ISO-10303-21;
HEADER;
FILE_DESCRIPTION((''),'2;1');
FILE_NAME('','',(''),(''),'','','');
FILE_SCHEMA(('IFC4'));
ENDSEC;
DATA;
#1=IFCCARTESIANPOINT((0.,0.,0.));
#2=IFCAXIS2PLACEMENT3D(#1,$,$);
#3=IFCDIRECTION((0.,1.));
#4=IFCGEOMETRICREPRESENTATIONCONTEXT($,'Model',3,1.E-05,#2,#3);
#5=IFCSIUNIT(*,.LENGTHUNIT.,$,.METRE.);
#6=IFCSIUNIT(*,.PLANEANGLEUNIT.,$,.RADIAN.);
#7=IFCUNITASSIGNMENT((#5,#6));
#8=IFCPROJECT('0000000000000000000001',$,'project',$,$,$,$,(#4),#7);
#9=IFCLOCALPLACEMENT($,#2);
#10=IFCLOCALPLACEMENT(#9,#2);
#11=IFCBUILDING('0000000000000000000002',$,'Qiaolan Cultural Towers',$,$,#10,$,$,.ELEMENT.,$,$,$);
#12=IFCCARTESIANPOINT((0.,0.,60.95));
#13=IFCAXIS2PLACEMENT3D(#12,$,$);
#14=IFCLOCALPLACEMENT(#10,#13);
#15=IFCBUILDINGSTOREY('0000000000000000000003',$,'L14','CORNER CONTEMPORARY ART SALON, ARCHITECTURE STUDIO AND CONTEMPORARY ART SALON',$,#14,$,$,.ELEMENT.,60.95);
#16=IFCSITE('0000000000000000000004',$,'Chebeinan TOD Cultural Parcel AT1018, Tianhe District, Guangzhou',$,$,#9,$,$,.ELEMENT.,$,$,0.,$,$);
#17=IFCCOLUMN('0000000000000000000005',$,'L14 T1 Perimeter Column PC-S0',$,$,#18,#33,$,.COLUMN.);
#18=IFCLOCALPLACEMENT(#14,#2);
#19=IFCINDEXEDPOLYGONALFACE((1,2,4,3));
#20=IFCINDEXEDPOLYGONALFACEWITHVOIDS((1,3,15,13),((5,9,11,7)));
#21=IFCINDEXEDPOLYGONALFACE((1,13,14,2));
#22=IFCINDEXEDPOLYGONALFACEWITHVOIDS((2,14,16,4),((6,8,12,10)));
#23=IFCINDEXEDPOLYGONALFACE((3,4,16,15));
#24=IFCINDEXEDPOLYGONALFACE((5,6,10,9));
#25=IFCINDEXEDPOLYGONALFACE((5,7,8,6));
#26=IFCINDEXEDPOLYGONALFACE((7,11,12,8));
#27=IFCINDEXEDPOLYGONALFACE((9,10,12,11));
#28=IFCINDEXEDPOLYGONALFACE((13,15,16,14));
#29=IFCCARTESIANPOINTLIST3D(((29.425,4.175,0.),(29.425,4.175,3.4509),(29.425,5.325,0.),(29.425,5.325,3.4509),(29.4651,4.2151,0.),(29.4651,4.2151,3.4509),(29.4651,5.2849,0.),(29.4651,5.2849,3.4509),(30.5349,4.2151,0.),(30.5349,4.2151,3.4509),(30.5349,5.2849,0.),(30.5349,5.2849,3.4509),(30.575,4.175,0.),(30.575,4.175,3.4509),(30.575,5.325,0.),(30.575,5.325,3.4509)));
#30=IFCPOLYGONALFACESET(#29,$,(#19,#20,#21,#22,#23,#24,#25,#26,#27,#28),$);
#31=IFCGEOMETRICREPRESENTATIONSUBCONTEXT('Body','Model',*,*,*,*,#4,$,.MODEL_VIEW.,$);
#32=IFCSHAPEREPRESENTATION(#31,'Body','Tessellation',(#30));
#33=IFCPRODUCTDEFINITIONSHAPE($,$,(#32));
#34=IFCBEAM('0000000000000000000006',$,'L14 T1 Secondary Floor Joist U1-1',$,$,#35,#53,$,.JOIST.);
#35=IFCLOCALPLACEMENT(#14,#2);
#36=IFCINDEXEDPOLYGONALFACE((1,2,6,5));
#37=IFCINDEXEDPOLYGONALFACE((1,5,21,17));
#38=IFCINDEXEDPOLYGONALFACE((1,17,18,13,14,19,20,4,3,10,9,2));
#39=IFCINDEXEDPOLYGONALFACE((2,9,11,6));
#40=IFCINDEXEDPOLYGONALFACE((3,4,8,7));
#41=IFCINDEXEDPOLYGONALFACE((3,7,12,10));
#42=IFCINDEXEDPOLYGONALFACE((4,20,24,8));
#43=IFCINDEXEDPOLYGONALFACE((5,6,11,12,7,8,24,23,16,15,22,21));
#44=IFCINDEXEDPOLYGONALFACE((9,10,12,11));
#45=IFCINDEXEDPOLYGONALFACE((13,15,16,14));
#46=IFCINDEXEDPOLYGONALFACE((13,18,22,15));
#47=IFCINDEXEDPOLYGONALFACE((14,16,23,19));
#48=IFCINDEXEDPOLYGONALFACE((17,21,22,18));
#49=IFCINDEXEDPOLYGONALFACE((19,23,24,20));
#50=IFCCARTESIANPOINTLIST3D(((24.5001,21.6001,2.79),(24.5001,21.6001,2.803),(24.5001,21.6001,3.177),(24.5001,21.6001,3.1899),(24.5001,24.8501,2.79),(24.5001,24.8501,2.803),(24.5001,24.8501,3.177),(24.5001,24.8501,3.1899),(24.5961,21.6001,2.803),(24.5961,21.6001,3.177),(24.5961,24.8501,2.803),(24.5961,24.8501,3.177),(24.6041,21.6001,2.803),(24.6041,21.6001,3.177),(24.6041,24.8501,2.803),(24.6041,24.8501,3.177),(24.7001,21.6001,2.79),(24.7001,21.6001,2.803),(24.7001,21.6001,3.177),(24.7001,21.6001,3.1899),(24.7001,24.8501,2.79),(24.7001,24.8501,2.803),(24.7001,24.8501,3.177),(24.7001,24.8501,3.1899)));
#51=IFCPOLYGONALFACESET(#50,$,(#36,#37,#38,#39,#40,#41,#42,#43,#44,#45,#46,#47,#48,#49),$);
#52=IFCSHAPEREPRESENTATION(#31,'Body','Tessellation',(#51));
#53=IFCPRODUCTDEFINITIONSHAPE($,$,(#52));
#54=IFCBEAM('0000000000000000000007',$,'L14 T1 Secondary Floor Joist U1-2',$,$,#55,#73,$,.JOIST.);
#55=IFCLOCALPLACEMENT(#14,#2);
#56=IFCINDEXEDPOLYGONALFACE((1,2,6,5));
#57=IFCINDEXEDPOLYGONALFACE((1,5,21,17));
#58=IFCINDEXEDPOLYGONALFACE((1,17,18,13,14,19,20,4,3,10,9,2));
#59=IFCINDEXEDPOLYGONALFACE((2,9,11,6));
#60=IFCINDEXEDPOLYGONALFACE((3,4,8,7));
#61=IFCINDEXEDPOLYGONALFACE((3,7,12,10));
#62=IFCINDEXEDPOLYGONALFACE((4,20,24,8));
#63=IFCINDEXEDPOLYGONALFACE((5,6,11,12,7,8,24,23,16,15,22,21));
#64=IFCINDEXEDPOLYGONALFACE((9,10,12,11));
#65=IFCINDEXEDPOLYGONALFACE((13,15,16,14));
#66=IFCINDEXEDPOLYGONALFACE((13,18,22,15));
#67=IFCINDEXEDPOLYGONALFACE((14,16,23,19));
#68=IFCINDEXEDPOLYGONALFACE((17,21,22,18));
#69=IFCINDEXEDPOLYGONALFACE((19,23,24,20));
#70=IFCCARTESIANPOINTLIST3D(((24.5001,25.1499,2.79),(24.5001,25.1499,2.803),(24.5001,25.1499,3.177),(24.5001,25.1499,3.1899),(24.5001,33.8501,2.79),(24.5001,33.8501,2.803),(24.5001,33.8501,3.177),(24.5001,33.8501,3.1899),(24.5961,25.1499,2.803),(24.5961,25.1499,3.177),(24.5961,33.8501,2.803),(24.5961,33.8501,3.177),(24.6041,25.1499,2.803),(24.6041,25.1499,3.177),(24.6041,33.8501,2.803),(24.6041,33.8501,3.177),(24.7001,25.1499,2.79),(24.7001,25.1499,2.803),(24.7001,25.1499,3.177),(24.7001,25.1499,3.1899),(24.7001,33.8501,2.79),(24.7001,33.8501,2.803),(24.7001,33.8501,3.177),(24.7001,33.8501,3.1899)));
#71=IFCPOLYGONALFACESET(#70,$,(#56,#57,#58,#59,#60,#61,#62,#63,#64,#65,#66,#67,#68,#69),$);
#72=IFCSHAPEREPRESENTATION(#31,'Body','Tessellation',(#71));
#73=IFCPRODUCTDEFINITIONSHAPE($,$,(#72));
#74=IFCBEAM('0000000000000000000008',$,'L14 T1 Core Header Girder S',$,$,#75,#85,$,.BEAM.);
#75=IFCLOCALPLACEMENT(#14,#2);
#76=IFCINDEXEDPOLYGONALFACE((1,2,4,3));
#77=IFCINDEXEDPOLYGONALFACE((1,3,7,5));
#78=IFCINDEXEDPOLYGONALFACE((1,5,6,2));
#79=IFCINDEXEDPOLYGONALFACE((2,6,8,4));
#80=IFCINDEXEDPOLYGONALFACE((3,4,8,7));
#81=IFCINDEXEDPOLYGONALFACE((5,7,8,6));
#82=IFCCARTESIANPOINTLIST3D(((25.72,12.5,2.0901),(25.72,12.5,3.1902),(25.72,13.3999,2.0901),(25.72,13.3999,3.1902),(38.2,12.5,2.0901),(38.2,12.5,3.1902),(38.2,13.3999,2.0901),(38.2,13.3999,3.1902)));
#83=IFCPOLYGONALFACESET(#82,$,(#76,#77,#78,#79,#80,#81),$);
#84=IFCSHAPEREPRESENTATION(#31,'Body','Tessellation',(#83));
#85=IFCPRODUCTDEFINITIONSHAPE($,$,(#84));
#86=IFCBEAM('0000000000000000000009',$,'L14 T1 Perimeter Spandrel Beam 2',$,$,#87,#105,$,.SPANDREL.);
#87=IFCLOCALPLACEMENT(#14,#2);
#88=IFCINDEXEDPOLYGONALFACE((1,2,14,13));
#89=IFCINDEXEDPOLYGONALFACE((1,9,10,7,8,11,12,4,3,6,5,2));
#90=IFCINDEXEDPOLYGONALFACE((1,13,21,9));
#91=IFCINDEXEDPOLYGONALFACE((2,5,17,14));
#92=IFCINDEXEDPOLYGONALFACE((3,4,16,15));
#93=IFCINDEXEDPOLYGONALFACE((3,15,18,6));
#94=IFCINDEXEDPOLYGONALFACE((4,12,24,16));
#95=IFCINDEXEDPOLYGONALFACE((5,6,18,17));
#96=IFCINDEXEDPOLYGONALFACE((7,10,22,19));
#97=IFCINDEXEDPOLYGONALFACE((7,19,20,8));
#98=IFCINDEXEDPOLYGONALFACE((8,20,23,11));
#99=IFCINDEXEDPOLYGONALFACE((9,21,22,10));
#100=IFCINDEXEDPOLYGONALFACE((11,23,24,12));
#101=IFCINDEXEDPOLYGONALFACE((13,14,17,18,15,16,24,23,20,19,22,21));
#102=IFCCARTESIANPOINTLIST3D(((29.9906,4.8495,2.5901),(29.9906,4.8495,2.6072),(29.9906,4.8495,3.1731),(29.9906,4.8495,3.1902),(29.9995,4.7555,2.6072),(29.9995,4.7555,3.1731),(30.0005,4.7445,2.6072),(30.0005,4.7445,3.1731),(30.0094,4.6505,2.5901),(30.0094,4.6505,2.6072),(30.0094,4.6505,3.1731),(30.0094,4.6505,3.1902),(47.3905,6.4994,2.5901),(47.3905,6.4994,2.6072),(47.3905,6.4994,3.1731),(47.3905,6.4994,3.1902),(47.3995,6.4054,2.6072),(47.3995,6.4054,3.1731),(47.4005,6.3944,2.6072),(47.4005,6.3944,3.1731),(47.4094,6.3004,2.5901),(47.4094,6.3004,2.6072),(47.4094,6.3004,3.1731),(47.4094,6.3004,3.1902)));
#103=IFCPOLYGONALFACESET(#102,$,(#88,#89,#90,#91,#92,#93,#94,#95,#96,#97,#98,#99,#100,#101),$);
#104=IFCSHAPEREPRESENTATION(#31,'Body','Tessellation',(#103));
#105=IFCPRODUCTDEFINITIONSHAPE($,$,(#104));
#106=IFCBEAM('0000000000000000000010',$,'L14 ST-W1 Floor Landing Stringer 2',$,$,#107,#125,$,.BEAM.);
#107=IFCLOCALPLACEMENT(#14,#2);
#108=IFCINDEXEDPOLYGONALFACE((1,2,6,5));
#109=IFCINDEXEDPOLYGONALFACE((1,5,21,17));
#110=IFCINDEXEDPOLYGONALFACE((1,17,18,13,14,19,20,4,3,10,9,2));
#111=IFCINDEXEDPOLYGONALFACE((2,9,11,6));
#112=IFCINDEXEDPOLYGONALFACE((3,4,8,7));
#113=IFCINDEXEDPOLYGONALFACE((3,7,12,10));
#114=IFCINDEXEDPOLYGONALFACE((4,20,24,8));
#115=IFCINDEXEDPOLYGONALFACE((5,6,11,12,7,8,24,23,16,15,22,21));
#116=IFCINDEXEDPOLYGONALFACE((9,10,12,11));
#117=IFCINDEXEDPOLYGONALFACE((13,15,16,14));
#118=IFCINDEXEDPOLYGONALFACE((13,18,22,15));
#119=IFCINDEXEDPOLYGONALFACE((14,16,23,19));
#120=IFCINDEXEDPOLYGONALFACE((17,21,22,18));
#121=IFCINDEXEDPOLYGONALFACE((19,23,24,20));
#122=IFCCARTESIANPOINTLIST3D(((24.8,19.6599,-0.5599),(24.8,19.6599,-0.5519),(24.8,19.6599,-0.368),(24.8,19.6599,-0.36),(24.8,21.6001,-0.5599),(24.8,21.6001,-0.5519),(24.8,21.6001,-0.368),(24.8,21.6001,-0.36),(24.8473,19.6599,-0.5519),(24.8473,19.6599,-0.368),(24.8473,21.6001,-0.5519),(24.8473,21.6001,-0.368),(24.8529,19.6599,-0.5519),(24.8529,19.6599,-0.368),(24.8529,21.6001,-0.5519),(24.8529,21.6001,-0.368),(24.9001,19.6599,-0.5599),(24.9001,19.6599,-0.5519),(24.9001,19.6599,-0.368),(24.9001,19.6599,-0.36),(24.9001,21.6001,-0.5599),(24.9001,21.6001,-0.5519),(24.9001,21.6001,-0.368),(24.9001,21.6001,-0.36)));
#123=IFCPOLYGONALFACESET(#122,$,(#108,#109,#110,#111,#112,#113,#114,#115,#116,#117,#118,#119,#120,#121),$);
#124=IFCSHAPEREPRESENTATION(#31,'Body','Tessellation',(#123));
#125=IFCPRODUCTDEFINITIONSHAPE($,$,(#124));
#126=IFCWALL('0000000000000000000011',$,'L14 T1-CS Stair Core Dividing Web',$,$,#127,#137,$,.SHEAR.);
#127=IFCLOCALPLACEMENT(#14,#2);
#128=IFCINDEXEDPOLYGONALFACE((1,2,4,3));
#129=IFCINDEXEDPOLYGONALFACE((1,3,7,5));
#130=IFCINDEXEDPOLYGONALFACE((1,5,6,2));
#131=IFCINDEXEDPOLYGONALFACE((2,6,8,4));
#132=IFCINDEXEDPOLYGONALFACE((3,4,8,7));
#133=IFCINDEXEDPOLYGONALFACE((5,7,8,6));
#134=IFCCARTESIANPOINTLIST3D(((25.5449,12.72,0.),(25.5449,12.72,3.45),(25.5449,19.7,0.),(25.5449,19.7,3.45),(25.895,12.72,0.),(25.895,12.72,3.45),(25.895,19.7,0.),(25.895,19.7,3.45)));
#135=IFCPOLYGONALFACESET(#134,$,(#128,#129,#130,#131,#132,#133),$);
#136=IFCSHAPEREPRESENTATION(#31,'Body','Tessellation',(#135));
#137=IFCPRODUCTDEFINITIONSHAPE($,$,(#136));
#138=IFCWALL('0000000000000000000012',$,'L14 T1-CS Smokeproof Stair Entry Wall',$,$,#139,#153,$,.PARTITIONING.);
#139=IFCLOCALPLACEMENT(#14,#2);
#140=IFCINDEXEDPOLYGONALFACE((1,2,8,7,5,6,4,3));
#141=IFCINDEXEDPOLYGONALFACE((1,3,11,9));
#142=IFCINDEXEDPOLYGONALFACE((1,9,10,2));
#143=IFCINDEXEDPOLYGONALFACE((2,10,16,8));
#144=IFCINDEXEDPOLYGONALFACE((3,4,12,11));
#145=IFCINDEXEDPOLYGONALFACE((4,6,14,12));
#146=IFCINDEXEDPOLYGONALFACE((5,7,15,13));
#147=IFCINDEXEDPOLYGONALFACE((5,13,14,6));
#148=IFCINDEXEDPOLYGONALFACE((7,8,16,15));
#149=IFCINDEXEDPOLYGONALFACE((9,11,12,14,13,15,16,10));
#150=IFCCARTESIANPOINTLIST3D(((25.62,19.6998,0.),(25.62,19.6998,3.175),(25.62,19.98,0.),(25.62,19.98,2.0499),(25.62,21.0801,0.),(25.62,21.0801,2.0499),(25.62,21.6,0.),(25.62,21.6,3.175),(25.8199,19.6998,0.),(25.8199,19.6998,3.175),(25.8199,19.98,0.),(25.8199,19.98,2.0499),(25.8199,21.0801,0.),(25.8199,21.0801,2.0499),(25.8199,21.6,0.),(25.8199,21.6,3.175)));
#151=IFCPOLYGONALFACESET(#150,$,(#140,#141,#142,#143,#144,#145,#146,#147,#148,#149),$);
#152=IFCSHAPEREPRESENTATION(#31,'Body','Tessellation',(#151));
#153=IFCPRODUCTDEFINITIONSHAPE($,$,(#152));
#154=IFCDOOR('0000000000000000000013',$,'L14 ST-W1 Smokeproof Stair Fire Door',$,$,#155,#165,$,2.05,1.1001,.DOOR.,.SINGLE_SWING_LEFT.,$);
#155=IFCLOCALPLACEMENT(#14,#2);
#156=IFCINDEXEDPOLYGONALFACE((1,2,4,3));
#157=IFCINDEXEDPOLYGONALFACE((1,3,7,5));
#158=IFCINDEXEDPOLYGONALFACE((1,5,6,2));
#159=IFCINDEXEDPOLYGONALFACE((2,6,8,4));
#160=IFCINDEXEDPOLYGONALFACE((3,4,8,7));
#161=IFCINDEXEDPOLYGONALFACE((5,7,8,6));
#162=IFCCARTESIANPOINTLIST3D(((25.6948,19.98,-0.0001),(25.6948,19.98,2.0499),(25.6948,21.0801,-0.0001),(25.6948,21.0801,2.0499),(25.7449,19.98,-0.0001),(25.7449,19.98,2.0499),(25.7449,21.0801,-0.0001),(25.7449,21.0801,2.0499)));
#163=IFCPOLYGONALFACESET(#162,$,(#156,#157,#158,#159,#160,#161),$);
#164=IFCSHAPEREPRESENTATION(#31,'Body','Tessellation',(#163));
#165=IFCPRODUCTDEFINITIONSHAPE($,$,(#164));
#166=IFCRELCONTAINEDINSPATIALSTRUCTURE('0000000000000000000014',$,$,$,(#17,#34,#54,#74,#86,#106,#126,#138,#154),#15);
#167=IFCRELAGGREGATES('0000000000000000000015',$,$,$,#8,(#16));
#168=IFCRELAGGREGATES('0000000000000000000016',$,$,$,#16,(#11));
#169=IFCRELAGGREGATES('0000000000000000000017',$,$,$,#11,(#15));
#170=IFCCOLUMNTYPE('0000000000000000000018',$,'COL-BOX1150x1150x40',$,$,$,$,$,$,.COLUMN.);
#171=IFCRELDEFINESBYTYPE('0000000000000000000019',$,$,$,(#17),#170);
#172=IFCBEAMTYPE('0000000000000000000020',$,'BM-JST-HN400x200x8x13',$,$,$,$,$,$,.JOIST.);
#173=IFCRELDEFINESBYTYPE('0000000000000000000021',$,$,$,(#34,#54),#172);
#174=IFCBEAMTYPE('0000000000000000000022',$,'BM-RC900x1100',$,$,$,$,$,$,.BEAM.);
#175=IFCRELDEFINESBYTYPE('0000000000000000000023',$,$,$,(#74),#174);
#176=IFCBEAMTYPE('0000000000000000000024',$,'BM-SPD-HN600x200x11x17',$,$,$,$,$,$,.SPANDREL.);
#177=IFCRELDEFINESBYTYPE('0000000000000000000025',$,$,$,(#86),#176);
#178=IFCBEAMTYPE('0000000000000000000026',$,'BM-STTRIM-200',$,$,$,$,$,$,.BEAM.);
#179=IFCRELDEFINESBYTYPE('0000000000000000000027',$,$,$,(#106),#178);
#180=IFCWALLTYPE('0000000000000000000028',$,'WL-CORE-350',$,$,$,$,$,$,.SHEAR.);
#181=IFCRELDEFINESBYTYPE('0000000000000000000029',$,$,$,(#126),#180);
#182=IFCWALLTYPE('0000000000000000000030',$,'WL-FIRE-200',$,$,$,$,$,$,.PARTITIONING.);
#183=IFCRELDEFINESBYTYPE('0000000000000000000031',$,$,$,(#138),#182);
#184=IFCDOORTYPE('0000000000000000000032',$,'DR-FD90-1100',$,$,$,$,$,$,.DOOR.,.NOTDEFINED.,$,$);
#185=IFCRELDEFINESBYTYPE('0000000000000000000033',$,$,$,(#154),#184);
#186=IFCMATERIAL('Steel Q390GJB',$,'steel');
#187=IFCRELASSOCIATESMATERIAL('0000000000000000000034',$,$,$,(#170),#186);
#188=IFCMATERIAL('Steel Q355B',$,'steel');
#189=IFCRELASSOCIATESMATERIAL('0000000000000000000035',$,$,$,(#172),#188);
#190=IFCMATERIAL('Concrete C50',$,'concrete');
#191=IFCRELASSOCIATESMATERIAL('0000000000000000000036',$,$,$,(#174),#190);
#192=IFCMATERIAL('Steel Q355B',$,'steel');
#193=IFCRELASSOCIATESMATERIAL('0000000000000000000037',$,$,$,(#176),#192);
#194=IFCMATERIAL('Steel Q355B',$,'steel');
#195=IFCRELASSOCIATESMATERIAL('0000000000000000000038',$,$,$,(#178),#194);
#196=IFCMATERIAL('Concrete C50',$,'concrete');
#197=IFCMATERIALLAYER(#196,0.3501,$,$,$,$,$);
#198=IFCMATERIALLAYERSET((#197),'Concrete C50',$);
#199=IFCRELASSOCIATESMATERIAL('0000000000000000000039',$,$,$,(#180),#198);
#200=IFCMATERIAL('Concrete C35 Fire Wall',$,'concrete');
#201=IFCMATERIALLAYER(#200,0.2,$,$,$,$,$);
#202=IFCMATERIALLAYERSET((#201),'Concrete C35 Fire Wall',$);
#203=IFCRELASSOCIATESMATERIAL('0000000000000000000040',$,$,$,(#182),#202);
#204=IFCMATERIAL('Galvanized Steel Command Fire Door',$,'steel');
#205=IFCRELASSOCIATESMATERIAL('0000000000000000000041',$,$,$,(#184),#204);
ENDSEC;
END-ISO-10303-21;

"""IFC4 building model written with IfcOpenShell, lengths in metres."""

from ifc_helpers import new_model, si_unit, direction, frame, frame_2d, origin, origin_2d, place, context, subcontext, project, spatial, rectangle, hollow_rectangle, i_section, extrude, material, layer, layer_set, material_profile, profile_set, type_object, element, fill, save


model = new_model("IFC4")

# Units and contexts
model_context = context("Model", 3, precision=1e-05, world=origin(), true_north=direction((0.0, 1.0)))
body_context = subcontext(model_context, "Body", "Model", "MODEL_VIEW")
ifc_project = project(units=[si_unit("LENGTHUNIT", "METRE"), si_unit("PLANEANGLEUNIT", "RADIAN")], contexts=[model_context])

# Site, building, storey
site_placement = place(None, origin())
site = spatial("IfcSite", under=ifc_project, at=site_placement, Name="Chebeinan TOD Cultural Parcel AT1018, Tianhe District, Guangzhou", CompositionType="ELEMENT", RefElevation=0.0)
building_placement = place(site_placement, origin())
building = spatial("IfcBuilding", under=site, at=building_placement, Name="Qiaolan Cultural Towers", CompositionType="ELEMENT")
storey_placement = place(building_placement, frame((0.0, 0.0, 60.95)))
storey = spatial("IfcBuildingStorey", under=building, at=storey_placement, Name="L14", Description="CORNER CONTEMPORARY ART SALON, ARCHITECTURE STUDIO AND CONTEMPORARY ART SALON", CompositionType="ELEMENT", Elevation=60.95)

# Column
ifc_material_1 = material(Name="Steel Q390GJB", Category="steel")
ifc_material_profile_1 = material_profile(ifc_material_1, hollow_rectangle(XDim=1.1499, YDim=1.1499, WallThickness=0.04, at=origin_2d()), Name="BOX1150x1150x40")
ifc_profile_set_1 = profile_set([ifc_material_profile_1], Name="Steel Q390GJB")
column_type = type_object("IfcColumnType", Name="COL-BOX1150x1150x40", PredefinedType="COLUMN", material=ifc_profile_set_1)
column_placement = place(storey_placement, frame((30.0, 4.75, 0.0), z_axis=(0.0, 0.0, 1.0), x_axis=(1.0, 0.0, 0.0)))
element("IfcColumn", 1, at=column_placement, inside=storey, type_object=column_type, Name="L14 T1 Perimeter Column PC-S0", PredefinedType="COLUMN", context=body_context, shape_type="SweptSolid", body=[
    extrude(hollow_rectangle(XDim=1.1499, YDim=1.1499, WallThickness=0.04, at=origin_2d()), origin(), (0.0, 0.0, 1.0), 3.4509),
])

# Beams
ifc_material_2 = material(Name="Steel Q355B", Category="steel")
ifc_material_profile_2 = material_profile(ifc_material_2, i_section(OverallWidth=0.2, OverallDepth=0.3999, WebThickness=0.0081, FlangeThickness=0.0129, at=origin_2d()), Name="HN400x200x8x13")
ifc_profile_set_2 = profile_set([ifc_material_profile_2], Name="Steel Q355B")
beam_type_1 = type_object("IfcBeamType", Name="BM-JST-HN400x200x8x13", PredefinedType="JOIST", material=ifc_profile_set_2)
beam_1_placement = place(storey_placement, frame((24.6001, 21.6001, 2.99), z_axis=(0.0, 1.0, 0.0), x_axis=(-1.0, 0.0, 0.0)))
element("IfcBeam", 2, at=beam_1_placement, inside=storey, type_object=beam_type_1, Name="L14 T1 Secondary Floor Joist U1-1", PredefinedType="JOIST", context=body_context, shape_type="SweptSolid", body=[
    extrude(i_section(OverallWidth=0.2, OverallDepth=0.3999, WebThickness=0.0081, FlangeThickness=0.0129, at=origin_2d()), origin(), (0.0, 0.0, 1.0), 3.25),
])
beam_2_placement = place(storey_placement, frame((24.6001, 25.1499, 2.99), z_axis=(0.0, 1.0, 0.0), x_axis=(-1.0, 0.0, 0.0)))
element("IfcBeam", 3, at=beam_2_placement, inside=storey, type_object=beam_type_1, Name="L14 T1 Secondary Floor Joist U1-2", PredefinedType="JOIST", context=body_context, shape_type="SweptSolid", body=[
    extrude(i_section(OverallWidth=0.2, OverallDepth=0.3999, WebThickness=0.0081, FlangeThickness=0.0129, at=origin_2d()), origin(), (0.0, 0.0, 1.0), 8.7002),
])
ifc_material_3 = material(Name="Concrete C50", Category="concrete")
ifc_material_profile_3 = material_profile(ifc_material_3, rectangle(XDim=0.8999, YDim=1.1001, at=origin_2d()), Name="RC900x1100")
ifc_profile_set_3 = profile_set([ifc_material_profile_3], Name="Concrete C50")
beam_type_2 = type_object("IfcBeamType", Name="BM-RC900x1100", PredefinedType="BEAM", material=ifc_profile_set_3)
beam_3_placement = place(storey_placement, frame((25.72, 12.95, 2.6401), z_axis=(1.0, 0.0, 0.0), x_axis=(0.0, 1.0, 0.0)))
element("IfcBeam", 4, at=beam_3_placement, inside=storey, type_object=beam_type_2, Name="L14 T1 Core Header Girder S", PredefinedType="BEAM", context=body_context, shape_type="SweptSolid", body=[
    extrude(rectangle(XDim=0.8999, YDim=1.1001, at=origin_2d()), origin(), (0.0, 0.0, 1.0), 12.48),
])
ifc_material_4 = material(Name="Steel Q355B", Category="steel")
ifc_material_profile_4 = material_profile(ifc_material_4, i_section(OverallWidth=0.2, OverallDepth=0.6001, WebThickness=0.011, FlangeThickness=0.0171, at=origin_2d()), Name="HN600x200x11x17")
ifc_profile_set_4 = profile_set([ifc_material_profile_4], Name="Steel Q355B")
beam_type_3 = type_object("IfcBeamType", Name="BM-SPD-HN600x200x11x17", PredefinedType="SPANDREL", material=ifc_profile_set_4)
beam_4_placement = place(storey_placement, frame((30.0, 4.75, 2.8901), z_axis=(0.995534, 0.094399, 0.0), x_axis=(-0.094399, 0.995534, 0.0)))
element("IfcBeam", 5, at=beam_4_placement, inside=storey, type_object=beam_type_3, Name="L14 T1 Perimeter Spandrel Beam 2", PredefinedType="SPANDREL", context=body_context, shape_type="SweptSolid", body=[
    extrude(i_section(OverallWidth=0.2, OverallDepth=0.6001, WebThickness=0.011, FlangeThickness=0.0171, at=origin_2d()), origin(), (0.0, 0.0, 1.0), 17.478),
])
ifc_material_5 = material(Name="Steel Q355B", Category="steel")
ifc_material_profile_5 = material_profile(ifc_material_5, i_section(OverallWidth=0.1001, OverallDepth=0.2, WebThickness=0.0056, FlangeThickness=0.0081, at=origin_2d()), Name="HN200x100x5.5x8")
ifc_profile_set_5 = profile_set([ifc_material_profile_5], Name="Steel Q355B")
beam_type_4 = type_object("IfcBeamType", Name="BM-STTRIM-200", PredefinedType="BEAM", material=ifc_profile_set_5)
beam_5_placement = place(storey_placement, frame((24.8501, 21.6001, -0.46), z_axis=(0.0, -1.0, 0.0), x_axis=(1.0, 0.0, 0.0)))
element("IfcBeam", 6, at=beam_5_placement, inside=storey, type_object=beam_type_4, Name="L14 ST-W1 Floor Landing Stringer 2", PredefinedType="BEAM", context=body_context, shape_type="SweptSolid", body=[
    extrude(i_section(OverallWidth=0.1001, OverallDepth=0.2, WebThickness=0.0056, FlangeThickness=0.0081, at=origin_2d()), origin(), (0.0, 0.0, 1.0), 1.9402),
])

# Wall
ifc_material_6 = material(Name="Concrete C50", Category="concrete")
ifc_layer_1 = layer(ifc_material_6, 0.3501)
ifc_layer_set_1 = layer_set([ifc_layer_1], Name="Concrete C50")
wall_type_1 = type_object("IfcWallType", Name="WL-CORE-350", PredefinedType="SHEAR", material=ifc_layer_set_1)
wall_1_placement = place(storey_placement, frame((25.72, 19.7, 0.0), z_axis=(0.0, 0.0, 1.0), x_axis=(0.0, -1.0, 0.0)))
element("IfcWall", 7, at=wall_1_placement, inside=storey, type_object=wall_type_1, Name="L14 T1-CS Stair Core Dividing Web", PredefinedType="SHEAR", context=body_context, shape_type="SweptSolid", body=[
    extrude(rectangle(XDim=6.98, YDim=0.3501, at=frame_2d((3.49, 0.0))), origin(), (0.0, 0.0, 1.0), 3.45),
])

# Wall, opening, door
ifc_material_7 = material(Name="Concrete C35 Fire Wall", Category="concrete")
ifc_layer_2 = layer(ifc_material_7, 0.2)
ifc_layer_set_2 = layer_set([ifc_layer_2], Name="Concrete C35 Fire Wall")
wall_type_2 = type_object("IfcWallType", Name="WL-FIRE-200", PredefinedType="PARTITIONING", material=ifc_layer_set_2)
wall_2_placement = place(storey_placement, frame((25.72, 21.6001, 0.0), z_axis=(0.0, 0.0, 1.0), x_axis=(0.0, -1.0, 0.0)))
wall_2 = element("IfcWall", 8, at=wall_2_placement, inside=storey, type_object=wall_type_2, Name="L14 T1-CS Smokeproof Stair Entry Wall", PredefinedType="PARTITIONING", context=body_context, shape_type="SweptSolid", body=[
    extrude(rectangle(XDim=1.9001, YDim=0.2, at=frame_2d((0.9502, 0.0))), origin(), (0.0, 0.0, 1.0), 3.175),
])
opening_1_placement = place(wall_2_placement, frame((0.52, 0.0, 0.0)))
opening_1 = element("IfcOpeningElement", 9, at=opening_1_placement, cuts=wall_2, PredefinedType="OPENING", context=body_context, shape_type="SweptSolid", body=[
    extrude(rectangle(XDim=1.1001, YDim=2.05, at=frame_2d((0.55, 1.0249))), frame((0.0, 0.1099, 0.0), z_axis=(0.0, -1.0, 0.0), x_axis=(1.0, 0.0, 0.0)), (0.0, 0.0, 1.0), 0.22),
])
ifc_material_8 = material(Name="Galvanized Steel Command Fire Door", Category="steel")
door_type_1 = type_object("IfcDoorType", Name="DR-FD90-1100", OperationType="NOTDEFINED", PredefinedType="DOOR", material=ifc_material_8)
door_1_placement = place(opening_1_placement, origin())
door_1 = element("IfcDoor", 10, at=door_1_placement, inside=storey, type_object=door_type_1, Name="L14 ST-W1 Smokeproof Stair Fire Door", OperationType="SINGLE_SWING_LEFT", OverallHeight=2.05, OverallWidth=1.1001, PredefinedType="DOOR", context=body_context, shape_type="SweptSolid", body=[
    extrude(rectangle(XDim=1.1001, YDim=2.05, at=frame_2d((0.55, 1.0249))), frame((0.0, 0.0249, 0.0), z_axis=(0.0, -1.0, 0.0), x_axis=(1.0, 0.0, 0.0)), (0.0, 0.0, 1.0), 0.05),
])
fill(opening_1, door_1)

save(model, "model.ifc")
